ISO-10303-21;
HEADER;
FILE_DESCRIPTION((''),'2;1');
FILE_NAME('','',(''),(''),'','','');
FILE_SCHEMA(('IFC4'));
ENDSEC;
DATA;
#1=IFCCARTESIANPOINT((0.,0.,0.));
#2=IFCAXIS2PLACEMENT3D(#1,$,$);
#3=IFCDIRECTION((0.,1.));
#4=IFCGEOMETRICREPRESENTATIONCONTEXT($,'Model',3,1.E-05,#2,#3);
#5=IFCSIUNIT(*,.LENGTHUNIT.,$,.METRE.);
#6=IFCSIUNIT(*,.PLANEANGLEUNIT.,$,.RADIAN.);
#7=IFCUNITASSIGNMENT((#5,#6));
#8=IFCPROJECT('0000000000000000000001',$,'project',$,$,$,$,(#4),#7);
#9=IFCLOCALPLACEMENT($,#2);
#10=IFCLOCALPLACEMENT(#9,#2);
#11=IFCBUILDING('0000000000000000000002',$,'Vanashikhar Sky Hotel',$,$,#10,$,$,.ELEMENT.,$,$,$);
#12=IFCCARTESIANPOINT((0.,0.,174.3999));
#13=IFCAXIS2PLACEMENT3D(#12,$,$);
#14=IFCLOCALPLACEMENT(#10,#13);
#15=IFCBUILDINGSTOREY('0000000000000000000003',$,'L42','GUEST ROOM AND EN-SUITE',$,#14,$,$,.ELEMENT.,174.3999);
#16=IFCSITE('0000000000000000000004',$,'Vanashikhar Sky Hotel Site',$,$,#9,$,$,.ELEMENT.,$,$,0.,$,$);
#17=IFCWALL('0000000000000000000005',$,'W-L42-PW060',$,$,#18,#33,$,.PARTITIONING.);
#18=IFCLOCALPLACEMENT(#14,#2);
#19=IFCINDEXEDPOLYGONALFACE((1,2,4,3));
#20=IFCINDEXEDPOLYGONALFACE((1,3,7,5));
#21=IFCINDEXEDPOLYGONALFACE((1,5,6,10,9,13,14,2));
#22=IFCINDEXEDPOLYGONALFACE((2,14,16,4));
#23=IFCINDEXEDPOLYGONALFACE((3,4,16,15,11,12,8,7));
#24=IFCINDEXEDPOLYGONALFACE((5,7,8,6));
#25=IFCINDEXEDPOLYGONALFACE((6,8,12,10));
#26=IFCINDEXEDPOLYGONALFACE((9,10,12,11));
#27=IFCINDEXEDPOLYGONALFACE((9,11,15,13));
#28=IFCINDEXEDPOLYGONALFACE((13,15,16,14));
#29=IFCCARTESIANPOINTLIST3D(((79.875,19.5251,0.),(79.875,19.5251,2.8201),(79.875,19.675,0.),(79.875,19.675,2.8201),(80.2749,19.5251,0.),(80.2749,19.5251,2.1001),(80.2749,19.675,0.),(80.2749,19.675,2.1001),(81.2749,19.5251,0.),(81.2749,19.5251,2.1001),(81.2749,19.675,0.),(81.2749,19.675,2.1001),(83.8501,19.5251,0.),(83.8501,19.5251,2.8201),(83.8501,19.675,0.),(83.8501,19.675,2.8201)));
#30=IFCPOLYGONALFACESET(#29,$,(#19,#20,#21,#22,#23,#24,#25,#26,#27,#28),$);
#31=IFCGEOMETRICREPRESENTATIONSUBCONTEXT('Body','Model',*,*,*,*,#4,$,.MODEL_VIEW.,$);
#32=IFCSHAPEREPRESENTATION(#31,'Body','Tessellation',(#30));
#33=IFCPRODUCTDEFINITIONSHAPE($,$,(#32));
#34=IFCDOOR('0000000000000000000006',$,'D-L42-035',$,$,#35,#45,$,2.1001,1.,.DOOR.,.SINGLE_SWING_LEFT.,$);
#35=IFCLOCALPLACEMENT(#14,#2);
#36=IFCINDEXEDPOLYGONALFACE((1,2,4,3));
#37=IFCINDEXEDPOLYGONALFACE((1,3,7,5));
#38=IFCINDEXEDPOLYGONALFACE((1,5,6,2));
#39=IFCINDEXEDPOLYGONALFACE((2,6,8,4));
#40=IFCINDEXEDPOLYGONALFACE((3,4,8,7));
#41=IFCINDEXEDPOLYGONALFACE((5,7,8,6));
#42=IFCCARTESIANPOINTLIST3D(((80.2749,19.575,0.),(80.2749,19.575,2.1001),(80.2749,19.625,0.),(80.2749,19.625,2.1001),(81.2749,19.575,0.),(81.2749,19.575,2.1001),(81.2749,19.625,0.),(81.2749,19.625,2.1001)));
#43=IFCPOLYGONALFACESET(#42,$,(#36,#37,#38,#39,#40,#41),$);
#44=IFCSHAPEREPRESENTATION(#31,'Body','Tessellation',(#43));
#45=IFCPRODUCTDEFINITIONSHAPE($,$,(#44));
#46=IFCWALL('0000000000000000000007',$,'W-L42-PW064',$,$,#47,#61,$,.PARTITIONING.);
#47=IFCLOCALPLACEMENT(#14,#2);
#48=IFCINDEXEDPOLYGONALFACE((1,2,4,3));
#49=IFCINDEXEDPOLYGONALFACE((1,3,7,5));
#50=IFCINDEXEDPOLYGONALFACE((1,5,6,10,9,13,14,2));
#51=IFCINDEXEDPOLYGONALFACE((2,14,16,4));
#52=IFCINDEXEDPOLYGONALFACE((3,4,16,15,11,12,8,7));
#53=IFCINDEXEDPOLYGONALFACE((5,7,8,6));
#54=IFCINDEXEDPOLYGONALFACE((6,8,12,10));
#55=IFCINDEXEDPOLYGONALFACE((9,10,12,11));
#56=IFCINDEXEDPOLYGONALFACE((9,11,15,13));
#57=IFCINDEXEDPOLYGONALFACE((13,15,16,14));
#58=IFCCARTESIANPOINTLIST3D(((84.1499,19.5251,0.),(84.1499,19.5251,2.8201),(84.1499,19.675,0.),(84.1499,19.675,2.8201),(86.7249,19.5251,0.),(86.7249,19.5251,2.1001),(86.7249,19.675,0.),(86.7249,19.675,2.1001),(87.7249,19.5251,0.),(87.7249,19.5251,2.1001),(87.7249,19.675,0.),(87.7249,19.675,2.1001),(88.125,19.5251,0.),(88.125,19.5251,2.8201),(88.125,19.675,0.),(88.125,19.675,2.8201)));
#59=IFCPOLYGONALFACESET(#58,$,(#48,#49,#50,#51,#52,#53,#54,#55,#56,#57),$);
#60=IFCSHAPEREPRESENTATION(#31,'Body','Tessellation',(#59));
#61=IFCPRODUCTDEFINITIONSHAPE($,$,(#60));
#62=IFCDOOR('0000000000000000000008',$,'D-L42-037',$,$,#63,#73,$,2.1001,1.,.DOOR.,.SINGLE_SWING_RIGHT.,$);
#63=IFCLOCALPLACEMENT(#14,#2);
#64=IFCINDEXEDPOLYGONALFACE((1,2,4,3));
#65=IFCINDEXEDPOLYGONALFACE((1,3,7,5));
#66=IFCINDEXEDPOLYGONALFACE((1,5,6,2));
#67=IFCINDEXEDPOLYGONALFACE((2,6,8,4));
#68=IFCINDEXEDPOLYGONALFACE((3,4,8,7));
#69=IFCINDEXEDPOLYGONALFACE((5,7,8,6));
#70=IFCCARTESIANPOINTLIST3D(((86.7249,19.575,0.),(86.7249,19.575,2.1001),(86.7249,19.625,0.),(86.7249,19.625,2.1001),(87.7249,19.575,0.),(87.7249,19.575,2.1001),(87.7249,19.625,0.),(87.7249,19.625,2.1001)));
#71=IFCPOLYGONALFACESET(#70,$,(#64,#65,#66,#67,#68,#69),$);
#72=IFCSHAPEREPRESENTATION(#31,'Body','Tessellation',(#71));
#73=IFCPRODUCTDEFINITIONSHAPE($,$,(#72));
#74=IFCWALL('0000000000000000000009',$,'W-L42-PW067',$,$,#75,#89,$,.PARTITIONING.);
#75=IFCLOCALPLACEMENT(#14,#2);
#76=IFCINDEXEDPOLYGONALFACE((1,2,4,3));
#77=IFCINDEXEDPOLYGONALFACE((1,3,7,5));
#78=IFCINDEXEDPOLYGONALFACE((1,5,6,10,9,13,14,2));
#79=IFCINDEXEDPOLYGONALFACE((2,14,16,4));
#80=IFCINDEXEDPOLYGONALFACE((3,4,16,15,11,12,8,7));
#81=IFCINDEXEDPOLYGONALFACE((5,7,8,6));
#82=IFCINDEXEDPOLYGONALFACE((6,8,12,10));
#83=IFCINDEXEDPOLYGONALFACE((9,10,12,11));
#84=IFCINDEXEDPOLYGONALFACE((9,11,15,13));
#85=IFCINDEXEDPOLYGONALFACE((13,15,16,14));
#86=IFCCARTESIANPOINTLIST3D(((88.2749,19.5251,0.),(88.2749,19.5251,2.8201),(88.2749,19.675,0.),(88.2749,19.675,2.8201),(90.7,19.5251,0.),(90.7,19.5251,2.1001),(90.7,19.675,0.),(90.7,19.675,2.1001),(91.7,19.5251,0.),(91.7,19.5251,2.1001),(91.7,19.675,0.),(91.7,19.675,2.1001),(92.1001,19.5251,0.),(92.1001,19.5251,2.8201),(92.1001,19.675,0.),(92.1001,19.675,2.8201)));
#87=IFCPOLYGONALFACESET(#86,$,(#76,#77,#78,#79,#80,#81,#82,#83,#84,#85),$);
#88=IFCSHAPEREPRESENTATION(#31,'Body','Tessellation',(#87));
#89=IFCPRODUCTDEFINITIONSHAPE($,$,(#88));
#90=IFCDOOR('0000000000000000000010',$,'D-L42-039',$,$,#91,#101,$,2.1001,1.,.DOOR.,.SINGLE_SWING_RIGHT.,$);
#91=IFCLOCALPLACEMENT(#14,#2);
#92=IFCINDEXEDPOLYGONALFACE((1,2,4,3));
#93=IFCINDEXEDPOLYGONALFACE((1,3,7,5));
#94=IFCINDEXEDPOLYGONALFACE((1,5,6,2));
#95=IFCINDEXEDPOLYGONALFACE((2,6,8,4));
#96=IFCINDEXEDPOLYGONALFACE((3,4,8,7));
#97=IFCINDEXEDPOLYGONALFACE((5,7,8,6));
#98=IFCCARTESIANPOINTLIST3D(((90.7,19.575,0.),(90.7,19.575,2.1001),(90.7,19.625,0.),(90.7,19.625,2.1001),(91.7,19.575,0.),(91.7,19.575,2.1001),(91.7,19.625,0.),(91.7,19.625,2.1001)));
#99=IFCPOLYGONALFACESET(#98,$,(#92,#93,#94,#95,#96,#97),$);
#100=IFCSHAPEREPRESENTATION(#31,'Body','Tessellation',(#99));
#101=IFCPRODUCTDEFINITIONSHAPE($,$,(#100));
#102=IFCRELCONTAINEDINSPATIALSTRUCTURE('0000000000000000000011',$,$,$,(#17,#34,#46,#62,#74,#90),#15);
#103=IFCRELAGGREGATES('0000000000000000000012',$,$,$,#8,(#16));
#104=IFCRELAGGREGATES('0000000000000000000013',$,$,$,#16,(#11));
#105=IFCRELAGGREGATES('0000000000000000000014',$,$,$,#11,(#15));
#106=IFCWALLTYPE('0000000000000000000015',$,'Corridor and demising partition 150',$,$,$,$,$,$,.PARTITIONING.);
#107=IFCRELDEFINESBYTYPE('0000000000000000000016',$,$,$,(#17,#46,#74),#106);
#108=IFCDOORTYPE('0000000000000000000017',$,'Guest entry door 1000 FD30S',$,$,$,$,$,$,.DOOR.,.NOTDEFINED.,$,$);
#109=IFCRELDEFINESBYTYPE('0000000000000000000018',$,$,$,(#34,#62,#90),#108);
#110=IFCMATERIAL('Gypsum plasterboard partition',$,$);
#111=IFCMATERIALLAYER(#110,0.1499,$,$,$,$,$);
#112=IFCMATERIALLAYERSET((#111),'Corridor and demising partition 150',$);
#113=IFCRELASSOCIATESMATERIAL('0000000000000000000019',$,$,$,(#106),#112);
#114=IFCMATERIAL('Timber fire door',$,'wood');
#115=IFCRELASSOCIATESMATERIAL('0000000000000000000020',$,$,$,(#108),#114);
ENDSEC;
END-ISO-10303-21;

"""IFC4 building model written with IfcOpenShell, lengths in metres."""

from ifc_helpers import new_model, si_unit, direction, frame, frame_2d, origin, place, context, subcontext, project, spatial, rectangle, extrude, source, transform, mapped, material, layer, layer_set, type_object, element, fill, save


model = new_model("IFC4")

# Units and contexts
model_context = context("Model", 3, precision=1e-05, world=origin(), true_north=direction((0.0, 1.0)))
body_context = subcontext(model_context, "Body", "Model", "MODEL_VIEW")
ifc_project = project(units=[si_unit("LENGTHUNIT", "METRE"), si_unit("PLANEANGLEUNIT", "RADIAN")], contexts=[model_context])

# Site, building, storey
site_placement = place(None, origin())
site = spatial("IfcSite", under=ifc_project, at=site_placement, Name="Vanashikhar Sky Hotel Site", CompositionType="ELEMENT", RefElevation=0.0)
building_placement = place(site_placement, origin())
building = spatial("IfcBuilding", under=site, at=building_placement, Name="Vanashikhar Sky Hotel", CompositionType="ELEMENT")
storey_placement = place(building_placement, frame((0.0, 0.0, 174.3999)))
storey = spatial("IfcBuildingStorey", under=building, at=storey_placement, Name="L42", Description="GUEST ROOM AND EN-SUITE", CompositionType="ELEMENT", Elevation=174.3999)

# Shared definitions
ifc_material_1 = material(Name="Gypsum plasterboard partition")

# Walls, openings, doors
ifc_layer_1 = layer(ifc_material_1, 0.1499)
ifc_layer_set_1 = layer_set([ifc_layer_1], Name="Corridor and demising partition 150")
wall_type_1 = type_object("IfcWallType", Name="Corridor and demising partition 150", PredefinedType="PARTITIONING", material=ifc_layer_set_1)
shared_shape_1 = source(origin(), body_context, "Body", "SweptSolid", [
    extrude(rectangle(XDim=3.9751, YDim=0.1499, at=frame_2d((1.9875, 0.0))), origin(), (0.0, 0.0, 1.0), 2.8201),
])
wall_1_placement = place(storey_placement, frame((79.875, 19.6001, 0.0), z_axis=(0.0, 0.0, 1.0), x_axis=(1.0, 0.0, 0.0)))
wall_1 = element("IfcWall", 1, at=wall_1_placement, inside=storey, type_object=wall_type_1, Name="W-L42-PW060", PredefinedType="PARTITIONING", context=body_context, shape_type="MappedRepresentation", body=[
    mapped(shared_shape_1, transform((0.0, 0.0, 0.0), scale=1.0)),
])
shared_shape_2 = source(origin(), body_context, "Body", "SweptSolid", [
    extrude(rectangle(XDim=1.0, YDim=2.1001, at=frame_2d((0.5, 1.05))), frame((0.0, 0.085, 0.0), z_axis=(0.0, -1.0, 0.0), x_axis=(1.0, 0.0, 0.0)), (0.0, 0.0, 1.0), 0.1699),
])
opening_1_placement = place(wall_1_placement, frame((0.3999, 0.0, 0.0)))
opening_1 = element("IfcOpeningElement", 2, at=opening_1_placement, cuts=wall_1, PredefinedType="OPENING", context=body_context, shape_type="MappedRepresentation", body=[
    mapped(shared_shape_2, transform((0.0, 0.0, 0.0), scale=1.0)),
])
ifc_material_2 = material(Name="Timber fire door", Category="wood")
door_type_1 = type_object("IfcDoorType", Name="Guest entry door 1000 FD30S", OperationType="NOTDEFINED", PredefinedType="DOOR", material=ifc_material_2)
shared_shape_3 = source(origin(), body_context, "Body", "SweptSolid", [
    extrude(rectangle(XDim=1.0, YDim=2.1001, at=frame_2d((0.5, 1.05))), frame((0.0, 0.0249, 0.0), z_axis=(0.0, -1.0, 0.0), x_axis=(1.0, 0.0, 0.0)), (0.0, 0.0, 1.0), 0.05),
])
door_1_placement = place(opening_1_placement, origin())
door_1 = element("IfcDoor", 3, at=door_1_placement, inside=storey, type_object=door_type_1, Name="D-L42-035", OperationType="SINGLE_SWING_LEFT", OverallHeight=2.1001, OverallWidth=1.0, PredefinedType="DOOR", context=body_context, shape_type="MappedRepresentation", body=[
    mapped(shared_shape_3, transform((0.0, 0.0, 0.0), scale=1.0)),
])
fill(opening_1, door_1)
wall_2_placement = place(storey_placement, frame((84.1499, 19.6001, 0.0), z_axis=(0.0, 0.0, 1.0), x_axis=(1.0, 0.0, 0.0)))
wall_2 = element("IfcWall", 4, at=wall_2_placement, inside=storey, type_object=wall_type_1, Name="W-L42-PW064", PredefinedType="PARTITIONING", context=body_context, shape_type="MappedRepresentation", body=[
    mapped(shared_shape_1, transform((0.0, 0.0, 0.0), scale=1.0)),
])
opening_2_placement = place(wall_2_placement, frame((2.575, 0.0, 0.0)))
opening_2 = element("IfcOpeningElement", 5, at=opening_2_placement, cuts=wall_2, PredefinedType="OPENING", context=body_context, shape_type="MappedRepresentation", body=[
    mapped(shared_shape_2, transform((0.0, 0.0, 0.0), scale=1.0)),
])
door_2_placement = place(opening_2_placement, origin())
door_2 = element("IfcDoor", 6, at=door_2_placement, inside=storey, type_object=door_type_1, Name="D-L42-037", OperationType="SINGLE_SWING_RIGHT", OverallHeight=2.1001, OverallWidth=1.0, PredefinedType="DOOR", context=body_context, shape_type="MappedRepresentation", body=[
    mapped(shared_shape_3, transform((0.0, 0.0, 0.0), scale=1.0)),
])
fill(opening_2, door_2)
shared_shape_4 = source(origin(), body_context, "Body", "SweptSolid", [
    extrude(rectangle(XDim=3.8252, YDim=0.1499, at=frame_2d((1.9126, 0.0))), origin(), (0.0, 0.0, 1.0), 2.8201),
])
wall_3_placement = place(storey_placement, frame((88.2749, 19.6001, 0.0), z_axis=(0.0, 0.0, 1.0), x_axis=(1.0, 0.0, 0.0)))
wall_3 = element("IfcWall", 7, at=wall_3_placement, inside=storey, type_object=wall_type_1, Name="W-L42-PW067", PredefinedType="PARTITIONING", context=body_context, shape_type="MappedRepresentation", body=[
    mapped(shared_shape_4, transform((0.0, 0.0, 0.0), scale=1.0)),
])
opening_3_placement = place(wall_3_placement, frame((2.425, 0.0, 0.0)))
opening_3 = element("IfcOpeningElement", 8, at=opening_3_placement, cuts=wall_3, PredefinedType="OPENING", context=body_context, shape_type="MappedRepresentation", body=[
    mapped(shared_shape_2, transform((0.0, 0.0, 0.0), scale=1.0)),
])
door_3_placement = place(opening_3_placement, origin())
door_3 = element("IfcDoor", 9, at=door_3_placement, inside=storey, type_object=door_type_1, Name="D-L42-039", OperationType="SINGLE_SWING_RIGHT", OverallHeight=2.1001, OverallWidth=1.0, PredefinedType="DOOR", context=body_context, shape_type="MappedRepresentation", body=[
    mapped(shared_shape_3, transform((0.0, 0.0, 0.0), scale=1.0)),
])
fill(opening_3, door_3)

save(model, "model.ifc")
